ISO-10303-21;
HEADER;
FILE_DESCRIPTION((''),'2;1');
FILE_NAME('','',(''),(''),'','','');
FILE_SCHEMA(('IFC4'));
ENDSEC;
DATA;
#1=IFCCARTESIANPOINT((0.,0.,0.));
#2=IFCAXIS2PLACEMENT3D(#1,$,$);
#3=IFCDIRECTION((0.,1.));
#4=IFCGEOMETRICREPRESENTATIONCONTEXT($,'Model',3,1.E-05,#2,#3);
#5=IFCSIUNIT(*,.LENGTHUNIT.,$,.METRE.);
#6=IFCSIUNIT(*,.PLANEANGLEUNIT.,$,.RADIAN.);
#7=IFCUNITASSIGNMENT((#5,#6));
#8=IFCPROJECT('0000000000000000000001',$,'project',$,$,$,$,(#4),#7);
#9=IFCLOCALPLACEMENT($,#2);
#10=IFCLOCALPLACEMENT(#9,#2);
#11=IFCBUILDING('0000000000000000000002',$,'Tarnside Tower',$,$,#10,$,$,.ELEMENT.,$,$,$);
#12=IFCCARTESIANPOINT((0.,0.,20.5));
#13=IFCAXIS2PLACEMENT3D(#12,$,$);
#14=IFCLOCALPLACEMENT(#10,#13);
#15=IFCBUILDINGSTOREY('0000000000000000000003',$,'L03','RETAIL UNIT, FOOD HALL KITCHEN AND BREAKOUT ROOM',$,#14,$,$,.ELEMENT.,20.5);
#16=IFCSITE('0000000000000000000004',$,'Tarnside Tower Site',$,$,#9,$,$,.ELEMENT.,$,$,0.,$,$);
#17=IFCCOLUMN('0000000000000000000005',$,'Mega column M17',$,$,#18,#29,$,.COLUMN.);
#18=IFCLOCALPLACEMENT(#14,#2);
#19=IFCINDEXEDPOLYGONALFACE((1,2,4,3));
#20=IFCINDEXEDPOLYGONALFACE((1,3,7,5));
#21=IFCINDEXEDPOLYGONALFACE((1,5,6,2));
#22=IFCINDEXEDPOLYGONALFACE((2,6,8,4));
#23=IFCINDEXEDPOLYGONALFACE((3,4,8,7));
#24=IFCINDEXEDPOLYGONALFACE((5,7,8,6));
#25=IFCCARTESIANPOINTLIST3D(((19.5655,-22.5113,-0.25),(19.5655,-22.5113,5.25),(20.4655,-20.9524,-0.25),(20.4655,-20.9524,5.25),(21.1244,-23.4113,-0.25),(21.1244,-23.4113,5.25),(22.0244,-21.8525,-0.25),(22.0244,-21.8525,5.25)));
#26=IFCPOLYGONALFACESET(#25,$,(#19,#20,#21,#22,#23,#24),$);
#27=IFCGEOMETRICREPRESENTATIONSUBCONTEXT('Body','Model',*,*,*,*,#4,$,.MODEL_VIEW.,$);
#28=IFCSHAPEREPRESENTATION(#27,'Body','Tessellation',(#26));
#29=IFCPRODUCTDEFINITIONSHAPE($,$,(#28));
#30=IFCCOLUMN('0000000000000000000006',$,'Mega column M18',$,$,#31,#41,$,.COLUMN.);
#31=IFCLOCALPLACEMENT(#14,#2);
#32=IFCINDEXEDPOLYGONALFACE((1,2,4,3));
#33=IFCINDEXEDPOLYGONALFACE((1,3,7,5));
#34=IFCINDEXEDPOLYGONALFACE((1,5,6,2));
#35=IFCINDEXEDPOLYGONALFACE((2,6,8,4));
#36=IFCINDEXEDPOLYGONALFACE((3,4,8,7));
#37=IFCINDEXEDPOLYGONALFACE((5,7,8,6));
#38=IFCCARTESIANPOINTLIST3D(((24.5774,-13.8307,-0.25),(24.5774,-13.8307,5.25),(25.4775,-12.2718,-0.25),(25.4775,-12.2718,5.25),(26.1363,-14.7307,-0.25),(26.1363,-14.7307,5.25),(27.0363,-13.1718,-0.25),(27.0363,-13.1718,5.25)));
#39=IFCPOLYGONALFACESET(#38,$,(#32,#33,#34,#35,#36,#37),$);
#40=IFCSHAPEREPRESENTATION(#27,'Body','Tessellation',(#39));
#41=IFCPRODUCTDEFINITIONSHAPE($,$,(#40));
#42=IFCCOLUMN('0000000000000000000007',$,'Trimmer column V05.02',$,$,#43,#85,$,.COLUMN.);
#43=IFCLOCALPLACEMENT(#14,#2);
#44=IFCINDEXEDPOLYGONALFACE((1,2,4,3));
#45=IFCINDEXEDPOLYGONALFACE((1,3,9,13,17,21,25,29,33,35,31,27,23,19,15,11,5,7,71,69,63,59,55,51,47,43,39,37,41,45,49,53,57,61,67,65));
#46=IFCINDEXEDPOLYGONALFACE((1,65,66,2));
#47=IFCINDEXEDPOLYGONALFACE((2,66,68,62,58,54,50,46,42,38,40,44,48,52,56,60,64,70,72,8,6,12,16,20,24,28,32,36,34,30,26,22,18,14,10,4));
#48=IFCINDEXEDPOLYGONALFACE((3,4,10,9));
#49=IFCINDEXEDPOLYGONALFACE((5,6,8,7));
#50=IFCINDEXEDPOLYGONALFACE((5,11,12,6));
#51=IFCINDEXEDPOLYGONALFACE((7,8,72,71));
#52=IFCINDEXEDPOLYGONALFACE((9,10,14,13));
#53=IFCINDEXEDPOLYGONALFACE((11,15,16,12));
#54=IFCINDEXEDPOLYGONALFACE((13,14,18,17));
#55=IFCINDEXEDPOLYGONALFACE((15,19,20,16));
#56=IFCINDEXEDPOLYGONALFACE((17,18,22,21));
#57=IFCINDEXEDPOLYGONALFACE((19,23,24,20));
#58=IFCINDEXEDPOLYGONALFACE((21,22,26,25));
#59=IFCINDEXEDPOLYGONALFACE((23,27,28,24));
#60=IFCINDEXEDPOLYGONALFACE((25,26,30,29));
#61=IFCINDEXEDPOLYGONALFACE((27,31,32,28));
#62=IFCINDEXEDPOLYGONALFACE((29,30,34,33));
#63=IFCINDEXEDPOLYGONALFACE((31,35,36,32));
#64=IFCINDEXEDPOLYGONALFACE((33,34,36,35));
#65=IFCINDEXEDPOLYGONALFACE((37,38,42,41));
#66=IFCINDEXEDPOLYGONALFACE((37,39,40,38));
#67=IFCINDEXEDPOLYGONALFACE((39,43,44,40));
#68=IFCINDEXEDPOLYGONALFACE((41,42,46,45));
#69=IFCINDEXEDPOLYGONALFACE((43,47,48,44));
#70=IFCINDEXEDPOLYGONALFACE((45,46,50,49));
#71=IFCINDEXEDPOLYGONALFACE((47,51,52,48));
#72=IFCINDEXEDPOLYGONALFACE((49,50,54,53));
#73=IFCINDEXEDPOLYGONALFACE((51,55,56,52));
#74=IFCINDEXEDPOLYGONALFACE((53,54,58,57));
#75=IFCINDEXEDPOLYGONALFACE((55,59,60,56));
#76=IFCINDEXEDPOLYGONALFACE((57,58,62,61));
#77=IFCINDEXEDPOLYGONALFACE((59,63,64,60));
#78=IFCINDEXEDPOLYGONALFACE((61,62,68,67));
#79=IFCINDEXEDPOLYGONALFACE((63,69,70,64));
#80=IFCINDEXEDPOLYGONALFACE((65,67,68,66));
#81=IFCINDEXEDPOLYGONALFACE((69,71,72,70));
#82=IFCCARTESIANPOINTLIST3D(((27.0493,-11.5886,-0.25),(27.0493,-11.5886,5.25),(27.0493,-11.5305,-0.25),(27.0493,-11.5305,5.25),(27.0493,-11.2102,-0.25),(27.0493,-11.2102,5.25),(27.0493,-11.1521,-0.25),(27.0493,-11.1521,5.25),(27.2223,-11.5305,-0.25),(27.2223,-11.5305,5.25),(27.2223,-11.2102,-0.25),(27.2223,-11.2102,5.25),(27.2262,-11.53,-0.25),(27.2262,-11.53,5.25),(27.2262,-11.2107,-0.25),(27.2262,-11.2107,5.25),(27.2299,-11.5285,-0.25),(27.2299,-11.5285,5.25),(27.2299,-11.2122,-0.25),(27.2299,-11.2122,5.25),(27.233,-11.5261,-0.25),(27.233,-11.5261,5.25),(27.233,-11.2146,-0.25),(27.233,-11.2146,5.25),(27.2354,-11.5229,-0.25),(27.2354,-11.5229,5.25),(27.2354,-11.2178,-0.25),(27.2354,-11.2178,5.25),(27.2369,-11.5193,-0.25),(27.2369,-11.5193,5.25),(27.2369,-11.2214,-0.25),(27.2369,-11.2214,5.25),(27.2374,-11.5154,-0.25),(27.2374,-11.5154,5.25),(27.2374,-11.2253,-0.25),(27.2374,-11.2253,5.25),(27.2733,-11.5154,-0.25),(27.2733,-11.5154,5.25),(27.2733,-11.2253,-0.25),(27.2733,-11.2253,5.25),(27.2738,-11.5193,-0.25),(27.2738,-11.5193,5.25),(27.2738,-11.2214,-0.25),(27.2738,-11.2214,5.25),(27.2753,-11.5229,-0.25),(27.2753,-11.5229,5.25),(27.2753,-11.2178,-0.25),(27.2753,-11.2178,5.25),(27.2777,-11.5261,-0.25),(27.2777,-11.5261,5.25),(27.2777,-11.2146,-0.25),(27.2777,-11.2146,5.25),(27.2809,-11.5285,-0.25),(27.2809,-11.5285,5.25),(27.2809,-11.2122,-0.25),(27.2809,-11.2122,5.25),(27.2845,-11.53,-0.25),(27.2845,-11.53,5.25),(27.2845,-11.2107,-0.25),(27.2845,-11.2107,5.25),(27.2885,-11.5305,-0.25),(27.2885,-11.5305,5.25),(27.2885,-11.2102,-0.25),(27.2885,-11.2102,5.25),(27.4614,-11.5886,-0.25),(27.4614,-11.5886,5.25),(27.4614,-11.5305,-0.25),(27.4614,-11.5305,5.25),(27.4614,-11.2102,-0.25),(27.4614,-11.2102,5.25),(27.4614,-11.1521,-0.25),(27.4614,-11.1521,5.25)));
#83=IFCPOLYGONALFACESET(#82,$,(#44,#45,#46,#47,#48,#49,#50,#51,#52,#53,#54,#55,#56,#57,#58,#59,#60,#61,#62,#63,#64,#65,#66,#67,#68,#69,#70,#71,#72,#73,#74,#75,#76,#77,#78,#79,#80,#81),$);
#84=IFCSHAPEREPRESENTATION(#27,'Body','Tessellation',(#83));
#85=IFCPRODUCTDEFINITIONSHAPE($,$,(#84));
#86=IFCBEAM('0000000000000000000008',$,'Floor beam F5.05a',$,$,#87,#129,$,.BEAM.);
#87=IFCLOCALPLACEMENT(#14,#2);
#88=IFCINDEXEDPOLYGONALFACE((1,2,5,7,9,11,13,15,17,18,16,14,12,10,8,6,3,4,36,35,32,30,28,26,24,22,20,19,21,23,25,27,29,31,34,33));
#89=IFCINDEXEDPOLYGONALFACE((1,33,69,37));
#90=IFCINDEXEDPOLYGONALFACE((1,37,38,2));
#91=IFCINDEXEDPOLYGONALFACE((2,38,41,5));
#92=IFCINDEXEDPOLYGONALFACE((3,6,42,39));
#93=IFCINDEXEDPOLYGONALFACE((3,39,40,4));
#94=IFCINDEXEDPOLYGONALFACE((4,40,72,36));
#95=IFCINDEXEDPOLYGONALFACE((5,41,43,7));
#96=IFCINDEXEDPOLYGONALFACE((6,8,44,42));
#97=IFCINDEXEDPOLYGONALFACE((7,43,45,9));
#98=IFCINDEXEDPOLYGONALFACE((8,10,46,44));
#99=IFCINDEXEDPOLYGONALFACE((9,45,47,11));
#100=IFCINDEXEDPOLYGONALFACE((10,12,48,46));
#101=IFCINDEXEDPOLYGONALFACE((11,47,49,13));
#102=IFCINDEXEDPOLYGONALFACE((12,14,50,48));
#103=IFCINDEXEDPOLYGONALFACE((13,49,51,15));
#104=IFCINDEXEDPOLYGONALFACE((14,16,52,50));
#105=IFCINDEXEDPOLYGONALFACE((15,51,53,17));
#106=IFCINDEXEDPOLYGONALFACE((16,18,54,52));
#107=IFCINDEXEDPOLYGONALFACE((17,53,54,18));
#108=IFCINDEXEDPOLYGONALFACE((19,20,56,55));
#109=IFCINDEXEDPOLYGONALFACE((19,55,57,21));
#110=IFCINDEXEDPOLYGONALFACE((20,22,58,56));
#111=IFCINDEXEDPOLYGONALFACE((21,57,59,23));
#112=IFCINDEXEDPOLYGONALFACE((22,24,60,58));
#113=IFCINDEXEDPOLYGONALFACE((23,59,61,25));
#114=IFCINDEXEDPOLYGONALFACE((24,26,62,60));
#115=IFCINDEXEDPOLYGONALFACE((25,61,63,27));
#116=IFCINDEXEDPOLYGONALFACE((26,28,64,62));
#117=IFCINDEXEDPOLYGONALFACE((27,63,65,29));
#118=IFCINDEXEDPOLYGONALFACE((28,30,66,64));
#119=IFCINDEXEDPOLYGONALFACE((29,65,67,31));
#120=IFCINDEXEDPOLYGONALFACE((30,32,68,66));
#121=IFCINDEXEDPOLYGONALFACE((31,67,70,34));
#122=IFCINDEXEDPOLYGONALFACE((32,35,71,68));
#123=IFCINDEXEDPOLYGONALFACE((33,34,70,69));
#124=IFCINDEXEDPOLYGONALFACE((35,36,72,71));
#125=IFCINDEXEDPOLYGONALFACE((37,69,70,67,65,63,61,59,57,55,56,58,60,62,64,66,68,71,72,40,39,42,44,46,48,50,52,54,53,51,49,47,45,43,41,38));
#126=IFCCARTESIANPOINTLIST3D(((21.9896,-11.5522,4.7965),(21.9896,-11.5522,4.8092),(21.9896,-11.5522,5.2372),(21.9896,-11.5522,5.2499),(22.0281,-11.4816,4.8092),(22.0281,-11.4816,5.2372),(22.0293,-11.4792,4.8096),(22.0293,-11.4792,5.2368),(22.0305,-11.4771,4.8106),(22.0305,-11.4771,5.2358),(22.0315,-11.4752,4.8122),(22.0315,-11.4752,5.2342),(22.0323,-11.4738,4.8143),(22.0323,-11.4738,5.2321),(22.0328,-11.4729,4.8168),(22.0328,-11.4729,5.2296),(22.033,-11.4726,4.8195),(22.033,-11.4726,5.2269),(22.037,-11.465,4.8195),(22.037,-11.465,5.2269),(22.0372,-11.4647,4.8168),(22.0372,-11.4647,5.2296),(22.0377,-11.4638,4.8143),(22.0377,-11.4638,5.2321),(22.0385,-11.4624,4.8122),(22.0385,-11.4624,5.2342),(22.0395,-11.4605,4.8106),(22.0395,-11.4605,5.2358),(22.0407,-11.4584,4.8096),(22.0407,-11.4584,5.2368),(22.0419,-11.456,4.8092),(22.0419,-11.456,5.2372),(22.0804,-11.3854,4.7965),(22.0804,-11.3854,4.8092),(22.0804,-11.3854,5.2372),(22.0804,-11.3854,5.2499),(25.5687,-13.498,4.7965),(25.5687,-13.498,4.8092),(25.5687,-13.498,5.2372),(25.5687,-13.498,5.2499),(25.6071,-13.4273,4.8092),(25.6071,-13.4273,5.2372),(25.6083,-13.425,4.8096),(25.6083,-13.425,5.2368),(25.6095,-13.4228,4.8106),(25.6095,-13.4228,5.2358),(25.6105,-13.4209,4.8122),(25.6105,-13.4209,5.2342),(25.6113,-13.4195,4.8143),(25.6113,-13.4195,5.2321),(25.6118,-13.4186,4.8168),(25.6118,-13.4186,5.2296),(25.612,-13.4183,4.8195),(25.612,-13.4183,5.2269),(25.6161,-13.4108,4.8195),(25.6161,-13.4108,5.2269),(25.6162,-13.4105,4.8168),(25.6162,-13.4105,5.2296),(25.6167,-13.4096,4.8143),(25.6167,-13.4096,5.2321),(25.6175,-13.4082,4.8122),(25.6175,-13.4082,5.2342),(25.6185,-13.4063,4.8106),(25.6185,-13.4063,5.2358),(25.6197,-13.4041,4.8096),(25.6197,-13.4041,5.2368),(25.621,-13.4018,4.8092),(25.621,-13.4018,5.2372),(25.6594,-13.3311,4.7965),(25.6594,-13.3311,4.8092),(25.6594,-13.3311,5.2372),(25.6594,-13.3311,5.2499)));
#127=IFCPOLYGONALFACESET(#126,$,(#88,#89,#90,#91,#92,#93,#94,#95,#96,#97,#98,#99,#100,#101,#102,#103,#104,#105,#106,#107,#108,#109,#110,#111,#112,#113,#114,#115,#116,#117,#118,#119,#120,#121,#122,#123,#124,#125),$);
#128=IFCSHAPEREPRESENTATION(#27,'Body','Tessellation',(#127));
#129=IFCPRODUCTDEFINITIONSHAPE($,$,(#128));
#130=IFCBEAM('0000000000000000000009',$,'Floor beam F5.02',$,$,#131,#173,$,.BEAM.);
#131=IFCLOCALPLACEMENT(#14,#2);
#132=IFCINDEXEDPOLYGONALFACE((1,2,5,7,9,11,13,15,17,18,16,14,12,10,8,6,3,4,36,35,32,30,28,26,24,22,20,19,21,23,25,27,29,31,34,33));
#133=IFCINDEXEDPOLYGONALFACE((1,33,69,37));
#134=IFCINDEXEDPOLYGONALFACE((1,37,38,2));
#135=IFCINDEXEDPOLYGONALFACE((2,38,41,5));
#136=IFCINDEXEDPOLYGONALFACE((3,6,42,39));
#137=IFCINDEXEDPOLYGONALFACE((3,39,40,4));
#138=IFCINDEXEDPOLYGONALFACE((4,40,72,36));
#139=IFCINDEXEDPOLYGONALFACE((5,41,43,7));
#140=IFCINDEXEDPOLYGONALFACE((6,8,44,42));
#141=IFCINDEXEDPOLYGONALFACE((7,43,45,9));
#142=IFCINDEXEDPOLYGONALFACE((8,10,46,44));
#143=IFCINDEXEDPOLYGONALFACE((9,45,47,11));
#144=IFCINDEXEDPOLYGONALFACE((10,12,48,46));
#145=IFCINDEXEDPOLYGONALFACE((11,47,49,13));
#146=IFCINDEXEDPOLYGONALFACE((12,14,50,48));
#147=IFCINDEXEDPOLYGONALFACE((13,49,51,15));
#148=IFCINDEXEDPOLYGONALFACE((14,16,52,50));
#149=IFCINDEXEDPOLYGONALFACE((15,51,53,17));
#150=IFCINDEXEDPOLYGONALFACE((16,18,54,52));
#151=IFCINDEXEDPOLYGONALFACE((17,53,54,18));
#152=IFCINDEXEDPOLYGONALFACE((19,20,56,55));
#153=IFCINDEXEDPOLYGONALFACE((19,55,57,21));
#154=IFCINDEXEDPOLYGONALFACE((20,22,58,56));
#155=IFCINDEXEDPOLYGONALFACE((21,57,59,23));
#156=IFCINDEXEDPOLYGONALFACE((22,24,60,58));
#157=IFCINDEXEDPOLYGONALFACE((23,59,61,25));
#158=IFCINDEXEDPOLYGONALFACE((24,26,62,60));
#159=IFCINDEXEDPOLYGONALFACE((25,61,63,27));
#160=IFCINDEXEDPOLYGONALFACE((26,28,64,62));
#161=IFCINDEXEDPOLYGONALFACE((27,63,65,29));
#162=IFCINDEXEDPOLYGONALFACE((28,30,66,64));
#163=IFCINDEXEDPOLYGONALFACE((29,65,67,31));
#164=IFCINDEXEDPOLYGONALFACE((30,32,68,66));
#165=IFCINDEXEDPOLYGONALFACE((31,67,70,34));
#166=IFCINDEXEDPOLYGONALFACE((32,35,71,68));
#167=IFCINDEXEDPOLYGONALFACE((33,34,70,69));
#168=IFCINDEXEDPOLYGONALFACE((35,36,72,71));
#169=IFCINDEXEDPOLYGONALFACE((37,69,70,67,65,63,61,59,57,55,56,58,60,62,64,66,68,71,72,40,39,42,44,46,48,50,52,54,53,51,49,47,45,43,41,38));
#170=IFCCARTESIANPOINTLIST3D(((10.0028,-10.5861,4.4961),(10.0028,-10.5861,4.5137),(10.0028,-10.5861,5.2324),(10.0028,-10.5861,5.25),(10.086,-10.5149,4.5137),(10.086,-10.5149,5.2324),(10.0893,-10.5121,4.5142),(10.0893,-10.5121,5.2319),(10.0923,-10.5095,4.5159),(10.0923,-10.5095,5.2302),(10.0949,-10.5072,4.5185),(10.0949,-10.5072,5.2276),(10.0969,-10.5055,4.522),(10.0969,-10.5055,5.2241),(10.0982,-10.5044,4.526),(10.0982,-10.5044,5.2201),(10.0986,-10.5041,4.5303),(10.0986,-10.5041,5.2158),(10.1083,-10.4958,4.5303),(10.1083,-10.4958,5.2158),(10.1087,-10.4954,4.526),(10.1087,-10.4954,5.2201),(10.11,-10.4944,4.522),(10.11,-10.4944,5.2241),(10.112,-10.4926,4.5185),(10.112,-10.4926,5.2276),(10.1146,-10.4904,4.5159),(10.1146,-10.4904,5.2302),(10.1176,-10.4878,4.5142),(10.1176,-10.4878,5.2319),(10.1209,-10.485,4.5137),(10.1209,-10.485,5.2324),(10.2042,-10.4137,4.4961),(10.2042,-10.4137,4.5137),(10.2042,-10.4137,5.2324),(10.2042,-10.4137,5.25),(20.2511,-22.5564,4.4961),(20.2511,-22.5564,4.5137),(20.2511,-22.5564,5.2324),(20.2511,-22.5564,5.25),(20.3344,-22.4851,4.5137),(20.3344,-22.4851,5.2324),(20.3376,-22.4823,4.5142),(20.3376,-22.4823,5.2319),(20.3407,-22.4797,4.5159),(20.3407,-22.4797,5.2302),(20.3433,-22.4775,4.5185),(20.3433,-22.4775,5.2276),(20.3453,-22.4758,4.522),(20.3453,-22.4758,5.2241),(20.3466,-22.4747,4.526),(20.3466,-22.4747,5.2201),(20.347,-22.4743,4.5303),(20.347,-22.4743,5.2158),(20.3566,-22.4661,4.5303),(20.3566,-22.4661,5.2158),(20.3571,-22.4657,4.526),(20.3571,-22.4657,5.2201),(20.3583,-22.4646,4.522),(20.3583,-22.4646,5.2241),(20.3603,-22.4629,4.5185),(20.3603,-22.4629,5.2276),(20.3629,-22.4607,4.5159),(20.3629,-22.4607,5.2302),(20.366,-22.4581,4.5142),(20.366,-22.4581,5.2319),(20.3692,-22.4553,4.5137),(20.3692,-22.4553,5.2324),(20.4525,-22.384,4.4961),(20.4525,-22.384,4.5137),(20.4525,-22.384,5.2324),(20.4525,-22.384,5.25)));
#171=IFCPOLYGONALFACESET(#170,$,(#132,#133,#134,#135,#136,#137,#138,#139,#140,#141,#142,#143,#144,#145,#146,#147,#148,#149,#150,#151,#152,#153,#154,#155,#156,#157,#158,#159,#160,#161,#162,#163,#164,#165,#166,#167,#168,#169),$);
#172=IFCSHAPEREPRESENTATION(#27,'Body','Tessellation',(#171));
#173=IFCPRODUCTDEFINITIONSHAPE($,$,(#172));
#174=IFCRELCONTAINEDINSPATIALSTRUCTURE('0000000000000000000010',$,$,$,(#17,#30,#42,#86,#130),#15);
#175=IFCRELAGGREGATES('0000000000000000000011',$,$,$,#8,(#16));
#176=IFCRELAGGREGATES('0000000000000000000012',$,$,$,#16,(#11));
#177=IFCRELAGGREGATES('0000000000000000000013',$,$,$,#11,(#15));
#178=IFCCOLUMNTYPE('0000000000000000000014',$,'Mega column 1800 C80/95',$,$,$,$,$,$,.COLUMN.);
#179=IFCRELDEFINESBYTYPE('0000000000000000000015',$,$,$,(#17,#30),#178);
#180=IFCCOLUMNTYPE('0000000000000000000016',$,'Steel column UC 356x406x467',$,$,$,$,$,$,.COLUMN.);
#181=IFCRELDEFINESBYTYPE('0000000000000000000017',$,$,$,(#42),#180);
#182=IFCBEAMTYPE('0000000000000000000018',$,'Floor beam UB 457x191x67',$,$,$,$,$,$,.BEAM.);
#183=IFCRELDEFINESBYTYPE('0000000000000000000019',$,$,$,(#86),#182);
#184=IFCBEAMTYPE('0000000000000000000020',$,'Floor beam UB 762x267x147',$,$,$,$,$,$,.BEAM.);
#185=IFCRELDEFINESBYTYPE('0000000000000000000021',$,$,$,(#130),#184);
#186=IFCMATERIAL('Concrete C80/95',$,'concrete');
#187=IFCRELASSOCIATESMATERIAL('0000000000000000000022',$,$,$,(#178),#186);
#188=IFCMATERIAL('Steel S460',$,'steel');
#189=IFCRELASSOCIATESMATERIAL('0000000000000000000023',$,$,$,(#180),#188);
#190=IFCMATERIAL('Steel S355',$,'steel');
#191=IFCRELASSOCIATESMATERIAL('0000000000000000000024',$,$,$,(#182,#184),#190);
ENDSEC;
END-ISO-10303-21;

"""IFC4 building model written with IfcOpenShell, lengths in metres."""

from ifc_helpers import new_model, si_unit, direction, frame, origin, origin_2d, place, context, subcontext, project, spatial, rectangle, i_section, extrude, material, material_profile, profile_set, type_object, element, save


model = new_model("IFC4")

# Units and contexts
model_context = context("Model", 3, precision=1e-05, world=origin(), true_north=direction((0.0, 1.0)))
body_context = subcontext(model_context, "Body", "Model", "MODEL_VIEW")
ifc_project = project(units=[si_unit("LENGTHUNIT", "METRE"), si_unit("PLANEANGLEUNIT", "RADIAN")], contexts=[model_context])

# Site, building, storey
site_placement = place(None, origin())
site = spatial("IfcSite", under=ifc_project, at=site_placement, Name="Tarnside Tower Site", CompositionType="ELEMENT", RefElevation=0.0)
building_placement = place(site_placement, origin())
building = spatial("IfcBuilding", under=site, at=building_placement, Name="Tarnside Tower", CompositionType="ELEMENT")
storey_placement = place(building_placement, frame((0.0, 0.0, 20.5)))
storey = spatial("IfcBuildingStorey", under=building, at=storey_placement, Name="L03", Description="RETAIL UNIT, FOOD HALL KITCHEN AND BREAKOUT ROOM", CompositionType="ELEMENT", Elevation=20.5)

# Columns
ifc_material_1 = material(Name="Concrete C80/95", Category="concrete")
ifc_material_profile_1 = material_profile(ifc_material_1, rectangle(XDim=1.8, YDim=1.8, at=origin_2d()), Name="Mega column 1800x1800")
ifc_profile_set_1 = profile_set([ifc_material_profile_1], Name="Concrete C80/95")
column_type_1 = type_object("IfcColumnType", Name="Mega column 1800 C80/95", PredefinedType="COLUMN", material=ifc_profile_set_1)
for number, where, z_axis, x_axis, name in (
    (1, (20.7949, -22.1819, -0.25), (0.0, 0.0, 1.0), (-0.5, -0.866025, 0.0), "Mega column M17"),
    (2, (25.8069, -13.5012, -0.25), (0.0, 0.0, 1.0), (-0.5, -0.866025, 0.0), "Mega column M18"),
):
    element("IfcColumn", number, at=place(storey_placement, frame(where, z_axis=z_axis, x_axis=x_axis)), inside=storey, type_object=column_type_1, Name=name, PredefinedType="COLUMN", context=body_context, shape_type="SweptSolid", body=[
        extrude(rectangle(XDim=1.8, YDim=1.8, at=origin_2d()), origin(), (0.0, 0.0, 1.0), 5.5),
    ])
ifc_material_2 = material(Name="Steel S460", Category="steel")
ifc_material_profile_2 = material_profile(ifc_material_2, i_section(OverallWidth=0.4121, OverallDepth=0.4365, WebThickness=0.0359, FlangeThickness=0.0581, FilletRadius=0.0151, at=origin_2d()), Name="UC 356x406x467")
ifc_profile_set_2 = profile_set([ifc_material_profile_2], Name="Steel S460")
column_type_2 = type_object("IfcColumnType", Name="Steel column UC 356x406x467", PredefinedType="COLUMN", material=ifc_profile_set_2)
column_placement = place(storey_placement, frame((27.2554, -11.3704, -0.25), z_axis=(0.0, 0.0, 1.0), x_axis=(1.0, 0.0, 0.0)))
element("IfcColumn", 3, at=column_placement, inside=storey, type_object=column_type_2, Name="Trimmer column V05.02", PredefinedType="COLUMN", context=body_context, shape_type="SweptSolid", body=[
    extrude(i_section(OverallWidth=0.4121, OverallDepth=0.4365, WebThickness=0.0359, FlangeThickness=0.0581, FilletRadius=0.0151, at=origin_2d()), origin(), (0.0, 0.0, 1.0), 5.5),
])

# Beams
ifc_material_3 = material(Name="Steel S355", Category="steel")
ifc_material_profile_3 = material_profile(ifc_material_3, i_section(OverallWidth=0.1899, OverallDepth=0.4534, WebThickness=0.0085, FlangeThickness=0.0127, FilletRadius=0.0103, at=origin_2d()), Name="UB 457x191x67")
ifc_profile_set_3 = profile_set([ifc_material_profile_3], Name="Steel S355")
beam_type_1 = type_object("IfcBeamType", Name="Floor beam UB 457x191x67", PredefinedType="BEAM", material=ifc_profile_set_3)
beam_1_placement = place(storey_placement, frame((25.614, -13.4146, 5.0232), z_axis=(-0.878559, 0.477634, 0.0), x_axis=(-0.477634, -0.878559, 0.0)))
element("IfcBeam", 4, at=beam_1_placement, inside=storey, type_object=beam_type_1, Name="Floor beam F5.05a", PredefinedType="BEAM", context=body_context, shape_type="SweptSolid", body=[
    extrude(i_section(OverallWidth=0.1899, OverallDepth=0.4534, WebThickness=0.0085, FlangeThickness=0.0127, FilletRadius=0.0103, at=origin_2d()), origin(), (0.0, 0.0, 1.0), 4.0737),
])
ifc_material_profile_4 = material_profile(ifc_material_3, i_section(OverallWidth=0.2651, OverallDepth=0.7539, WebThickness=0.0127, FlangeThickness=0.0176, FilletRadius=0.0166, at=origin_2d()), Name="UB 762x267x147")
ifc_profile_set_4 = profile_set([ifc_material_profile_4], Name="Steel S355")
beam_type_2 = type_object("IfcBeamType", Name="Floor beam UB 762x267x147", PredefinedType="BEAM", material=ifc_profile_set_4)
beam_2_placement = place(storey_placement, frame((20.3518, -22.4702, 4.873), z_axis=(-0.650356, 0.759629, 0.0), x_axis=(-0.759629, -0.650356, 0.0)))
element("IfcBeam", 5, at=beam_2_placement, inside=storey, type_object=beam_type_2, Name="Floor beam F5.02", PredefinedType="BEAM", context=body_context, shape_type="SweptSolid", body=[
    extrude(i_section(OverallWidth=0.2651, OverallDepth=0.7539, WebThickness=0.0127, FlangeThickness=0.0176, FilletRadius=0.0166, at=origin_2d()), origin(), (0.0, 0.0, 1.0), 15.7581),
])

save(model, "model.ifc")
